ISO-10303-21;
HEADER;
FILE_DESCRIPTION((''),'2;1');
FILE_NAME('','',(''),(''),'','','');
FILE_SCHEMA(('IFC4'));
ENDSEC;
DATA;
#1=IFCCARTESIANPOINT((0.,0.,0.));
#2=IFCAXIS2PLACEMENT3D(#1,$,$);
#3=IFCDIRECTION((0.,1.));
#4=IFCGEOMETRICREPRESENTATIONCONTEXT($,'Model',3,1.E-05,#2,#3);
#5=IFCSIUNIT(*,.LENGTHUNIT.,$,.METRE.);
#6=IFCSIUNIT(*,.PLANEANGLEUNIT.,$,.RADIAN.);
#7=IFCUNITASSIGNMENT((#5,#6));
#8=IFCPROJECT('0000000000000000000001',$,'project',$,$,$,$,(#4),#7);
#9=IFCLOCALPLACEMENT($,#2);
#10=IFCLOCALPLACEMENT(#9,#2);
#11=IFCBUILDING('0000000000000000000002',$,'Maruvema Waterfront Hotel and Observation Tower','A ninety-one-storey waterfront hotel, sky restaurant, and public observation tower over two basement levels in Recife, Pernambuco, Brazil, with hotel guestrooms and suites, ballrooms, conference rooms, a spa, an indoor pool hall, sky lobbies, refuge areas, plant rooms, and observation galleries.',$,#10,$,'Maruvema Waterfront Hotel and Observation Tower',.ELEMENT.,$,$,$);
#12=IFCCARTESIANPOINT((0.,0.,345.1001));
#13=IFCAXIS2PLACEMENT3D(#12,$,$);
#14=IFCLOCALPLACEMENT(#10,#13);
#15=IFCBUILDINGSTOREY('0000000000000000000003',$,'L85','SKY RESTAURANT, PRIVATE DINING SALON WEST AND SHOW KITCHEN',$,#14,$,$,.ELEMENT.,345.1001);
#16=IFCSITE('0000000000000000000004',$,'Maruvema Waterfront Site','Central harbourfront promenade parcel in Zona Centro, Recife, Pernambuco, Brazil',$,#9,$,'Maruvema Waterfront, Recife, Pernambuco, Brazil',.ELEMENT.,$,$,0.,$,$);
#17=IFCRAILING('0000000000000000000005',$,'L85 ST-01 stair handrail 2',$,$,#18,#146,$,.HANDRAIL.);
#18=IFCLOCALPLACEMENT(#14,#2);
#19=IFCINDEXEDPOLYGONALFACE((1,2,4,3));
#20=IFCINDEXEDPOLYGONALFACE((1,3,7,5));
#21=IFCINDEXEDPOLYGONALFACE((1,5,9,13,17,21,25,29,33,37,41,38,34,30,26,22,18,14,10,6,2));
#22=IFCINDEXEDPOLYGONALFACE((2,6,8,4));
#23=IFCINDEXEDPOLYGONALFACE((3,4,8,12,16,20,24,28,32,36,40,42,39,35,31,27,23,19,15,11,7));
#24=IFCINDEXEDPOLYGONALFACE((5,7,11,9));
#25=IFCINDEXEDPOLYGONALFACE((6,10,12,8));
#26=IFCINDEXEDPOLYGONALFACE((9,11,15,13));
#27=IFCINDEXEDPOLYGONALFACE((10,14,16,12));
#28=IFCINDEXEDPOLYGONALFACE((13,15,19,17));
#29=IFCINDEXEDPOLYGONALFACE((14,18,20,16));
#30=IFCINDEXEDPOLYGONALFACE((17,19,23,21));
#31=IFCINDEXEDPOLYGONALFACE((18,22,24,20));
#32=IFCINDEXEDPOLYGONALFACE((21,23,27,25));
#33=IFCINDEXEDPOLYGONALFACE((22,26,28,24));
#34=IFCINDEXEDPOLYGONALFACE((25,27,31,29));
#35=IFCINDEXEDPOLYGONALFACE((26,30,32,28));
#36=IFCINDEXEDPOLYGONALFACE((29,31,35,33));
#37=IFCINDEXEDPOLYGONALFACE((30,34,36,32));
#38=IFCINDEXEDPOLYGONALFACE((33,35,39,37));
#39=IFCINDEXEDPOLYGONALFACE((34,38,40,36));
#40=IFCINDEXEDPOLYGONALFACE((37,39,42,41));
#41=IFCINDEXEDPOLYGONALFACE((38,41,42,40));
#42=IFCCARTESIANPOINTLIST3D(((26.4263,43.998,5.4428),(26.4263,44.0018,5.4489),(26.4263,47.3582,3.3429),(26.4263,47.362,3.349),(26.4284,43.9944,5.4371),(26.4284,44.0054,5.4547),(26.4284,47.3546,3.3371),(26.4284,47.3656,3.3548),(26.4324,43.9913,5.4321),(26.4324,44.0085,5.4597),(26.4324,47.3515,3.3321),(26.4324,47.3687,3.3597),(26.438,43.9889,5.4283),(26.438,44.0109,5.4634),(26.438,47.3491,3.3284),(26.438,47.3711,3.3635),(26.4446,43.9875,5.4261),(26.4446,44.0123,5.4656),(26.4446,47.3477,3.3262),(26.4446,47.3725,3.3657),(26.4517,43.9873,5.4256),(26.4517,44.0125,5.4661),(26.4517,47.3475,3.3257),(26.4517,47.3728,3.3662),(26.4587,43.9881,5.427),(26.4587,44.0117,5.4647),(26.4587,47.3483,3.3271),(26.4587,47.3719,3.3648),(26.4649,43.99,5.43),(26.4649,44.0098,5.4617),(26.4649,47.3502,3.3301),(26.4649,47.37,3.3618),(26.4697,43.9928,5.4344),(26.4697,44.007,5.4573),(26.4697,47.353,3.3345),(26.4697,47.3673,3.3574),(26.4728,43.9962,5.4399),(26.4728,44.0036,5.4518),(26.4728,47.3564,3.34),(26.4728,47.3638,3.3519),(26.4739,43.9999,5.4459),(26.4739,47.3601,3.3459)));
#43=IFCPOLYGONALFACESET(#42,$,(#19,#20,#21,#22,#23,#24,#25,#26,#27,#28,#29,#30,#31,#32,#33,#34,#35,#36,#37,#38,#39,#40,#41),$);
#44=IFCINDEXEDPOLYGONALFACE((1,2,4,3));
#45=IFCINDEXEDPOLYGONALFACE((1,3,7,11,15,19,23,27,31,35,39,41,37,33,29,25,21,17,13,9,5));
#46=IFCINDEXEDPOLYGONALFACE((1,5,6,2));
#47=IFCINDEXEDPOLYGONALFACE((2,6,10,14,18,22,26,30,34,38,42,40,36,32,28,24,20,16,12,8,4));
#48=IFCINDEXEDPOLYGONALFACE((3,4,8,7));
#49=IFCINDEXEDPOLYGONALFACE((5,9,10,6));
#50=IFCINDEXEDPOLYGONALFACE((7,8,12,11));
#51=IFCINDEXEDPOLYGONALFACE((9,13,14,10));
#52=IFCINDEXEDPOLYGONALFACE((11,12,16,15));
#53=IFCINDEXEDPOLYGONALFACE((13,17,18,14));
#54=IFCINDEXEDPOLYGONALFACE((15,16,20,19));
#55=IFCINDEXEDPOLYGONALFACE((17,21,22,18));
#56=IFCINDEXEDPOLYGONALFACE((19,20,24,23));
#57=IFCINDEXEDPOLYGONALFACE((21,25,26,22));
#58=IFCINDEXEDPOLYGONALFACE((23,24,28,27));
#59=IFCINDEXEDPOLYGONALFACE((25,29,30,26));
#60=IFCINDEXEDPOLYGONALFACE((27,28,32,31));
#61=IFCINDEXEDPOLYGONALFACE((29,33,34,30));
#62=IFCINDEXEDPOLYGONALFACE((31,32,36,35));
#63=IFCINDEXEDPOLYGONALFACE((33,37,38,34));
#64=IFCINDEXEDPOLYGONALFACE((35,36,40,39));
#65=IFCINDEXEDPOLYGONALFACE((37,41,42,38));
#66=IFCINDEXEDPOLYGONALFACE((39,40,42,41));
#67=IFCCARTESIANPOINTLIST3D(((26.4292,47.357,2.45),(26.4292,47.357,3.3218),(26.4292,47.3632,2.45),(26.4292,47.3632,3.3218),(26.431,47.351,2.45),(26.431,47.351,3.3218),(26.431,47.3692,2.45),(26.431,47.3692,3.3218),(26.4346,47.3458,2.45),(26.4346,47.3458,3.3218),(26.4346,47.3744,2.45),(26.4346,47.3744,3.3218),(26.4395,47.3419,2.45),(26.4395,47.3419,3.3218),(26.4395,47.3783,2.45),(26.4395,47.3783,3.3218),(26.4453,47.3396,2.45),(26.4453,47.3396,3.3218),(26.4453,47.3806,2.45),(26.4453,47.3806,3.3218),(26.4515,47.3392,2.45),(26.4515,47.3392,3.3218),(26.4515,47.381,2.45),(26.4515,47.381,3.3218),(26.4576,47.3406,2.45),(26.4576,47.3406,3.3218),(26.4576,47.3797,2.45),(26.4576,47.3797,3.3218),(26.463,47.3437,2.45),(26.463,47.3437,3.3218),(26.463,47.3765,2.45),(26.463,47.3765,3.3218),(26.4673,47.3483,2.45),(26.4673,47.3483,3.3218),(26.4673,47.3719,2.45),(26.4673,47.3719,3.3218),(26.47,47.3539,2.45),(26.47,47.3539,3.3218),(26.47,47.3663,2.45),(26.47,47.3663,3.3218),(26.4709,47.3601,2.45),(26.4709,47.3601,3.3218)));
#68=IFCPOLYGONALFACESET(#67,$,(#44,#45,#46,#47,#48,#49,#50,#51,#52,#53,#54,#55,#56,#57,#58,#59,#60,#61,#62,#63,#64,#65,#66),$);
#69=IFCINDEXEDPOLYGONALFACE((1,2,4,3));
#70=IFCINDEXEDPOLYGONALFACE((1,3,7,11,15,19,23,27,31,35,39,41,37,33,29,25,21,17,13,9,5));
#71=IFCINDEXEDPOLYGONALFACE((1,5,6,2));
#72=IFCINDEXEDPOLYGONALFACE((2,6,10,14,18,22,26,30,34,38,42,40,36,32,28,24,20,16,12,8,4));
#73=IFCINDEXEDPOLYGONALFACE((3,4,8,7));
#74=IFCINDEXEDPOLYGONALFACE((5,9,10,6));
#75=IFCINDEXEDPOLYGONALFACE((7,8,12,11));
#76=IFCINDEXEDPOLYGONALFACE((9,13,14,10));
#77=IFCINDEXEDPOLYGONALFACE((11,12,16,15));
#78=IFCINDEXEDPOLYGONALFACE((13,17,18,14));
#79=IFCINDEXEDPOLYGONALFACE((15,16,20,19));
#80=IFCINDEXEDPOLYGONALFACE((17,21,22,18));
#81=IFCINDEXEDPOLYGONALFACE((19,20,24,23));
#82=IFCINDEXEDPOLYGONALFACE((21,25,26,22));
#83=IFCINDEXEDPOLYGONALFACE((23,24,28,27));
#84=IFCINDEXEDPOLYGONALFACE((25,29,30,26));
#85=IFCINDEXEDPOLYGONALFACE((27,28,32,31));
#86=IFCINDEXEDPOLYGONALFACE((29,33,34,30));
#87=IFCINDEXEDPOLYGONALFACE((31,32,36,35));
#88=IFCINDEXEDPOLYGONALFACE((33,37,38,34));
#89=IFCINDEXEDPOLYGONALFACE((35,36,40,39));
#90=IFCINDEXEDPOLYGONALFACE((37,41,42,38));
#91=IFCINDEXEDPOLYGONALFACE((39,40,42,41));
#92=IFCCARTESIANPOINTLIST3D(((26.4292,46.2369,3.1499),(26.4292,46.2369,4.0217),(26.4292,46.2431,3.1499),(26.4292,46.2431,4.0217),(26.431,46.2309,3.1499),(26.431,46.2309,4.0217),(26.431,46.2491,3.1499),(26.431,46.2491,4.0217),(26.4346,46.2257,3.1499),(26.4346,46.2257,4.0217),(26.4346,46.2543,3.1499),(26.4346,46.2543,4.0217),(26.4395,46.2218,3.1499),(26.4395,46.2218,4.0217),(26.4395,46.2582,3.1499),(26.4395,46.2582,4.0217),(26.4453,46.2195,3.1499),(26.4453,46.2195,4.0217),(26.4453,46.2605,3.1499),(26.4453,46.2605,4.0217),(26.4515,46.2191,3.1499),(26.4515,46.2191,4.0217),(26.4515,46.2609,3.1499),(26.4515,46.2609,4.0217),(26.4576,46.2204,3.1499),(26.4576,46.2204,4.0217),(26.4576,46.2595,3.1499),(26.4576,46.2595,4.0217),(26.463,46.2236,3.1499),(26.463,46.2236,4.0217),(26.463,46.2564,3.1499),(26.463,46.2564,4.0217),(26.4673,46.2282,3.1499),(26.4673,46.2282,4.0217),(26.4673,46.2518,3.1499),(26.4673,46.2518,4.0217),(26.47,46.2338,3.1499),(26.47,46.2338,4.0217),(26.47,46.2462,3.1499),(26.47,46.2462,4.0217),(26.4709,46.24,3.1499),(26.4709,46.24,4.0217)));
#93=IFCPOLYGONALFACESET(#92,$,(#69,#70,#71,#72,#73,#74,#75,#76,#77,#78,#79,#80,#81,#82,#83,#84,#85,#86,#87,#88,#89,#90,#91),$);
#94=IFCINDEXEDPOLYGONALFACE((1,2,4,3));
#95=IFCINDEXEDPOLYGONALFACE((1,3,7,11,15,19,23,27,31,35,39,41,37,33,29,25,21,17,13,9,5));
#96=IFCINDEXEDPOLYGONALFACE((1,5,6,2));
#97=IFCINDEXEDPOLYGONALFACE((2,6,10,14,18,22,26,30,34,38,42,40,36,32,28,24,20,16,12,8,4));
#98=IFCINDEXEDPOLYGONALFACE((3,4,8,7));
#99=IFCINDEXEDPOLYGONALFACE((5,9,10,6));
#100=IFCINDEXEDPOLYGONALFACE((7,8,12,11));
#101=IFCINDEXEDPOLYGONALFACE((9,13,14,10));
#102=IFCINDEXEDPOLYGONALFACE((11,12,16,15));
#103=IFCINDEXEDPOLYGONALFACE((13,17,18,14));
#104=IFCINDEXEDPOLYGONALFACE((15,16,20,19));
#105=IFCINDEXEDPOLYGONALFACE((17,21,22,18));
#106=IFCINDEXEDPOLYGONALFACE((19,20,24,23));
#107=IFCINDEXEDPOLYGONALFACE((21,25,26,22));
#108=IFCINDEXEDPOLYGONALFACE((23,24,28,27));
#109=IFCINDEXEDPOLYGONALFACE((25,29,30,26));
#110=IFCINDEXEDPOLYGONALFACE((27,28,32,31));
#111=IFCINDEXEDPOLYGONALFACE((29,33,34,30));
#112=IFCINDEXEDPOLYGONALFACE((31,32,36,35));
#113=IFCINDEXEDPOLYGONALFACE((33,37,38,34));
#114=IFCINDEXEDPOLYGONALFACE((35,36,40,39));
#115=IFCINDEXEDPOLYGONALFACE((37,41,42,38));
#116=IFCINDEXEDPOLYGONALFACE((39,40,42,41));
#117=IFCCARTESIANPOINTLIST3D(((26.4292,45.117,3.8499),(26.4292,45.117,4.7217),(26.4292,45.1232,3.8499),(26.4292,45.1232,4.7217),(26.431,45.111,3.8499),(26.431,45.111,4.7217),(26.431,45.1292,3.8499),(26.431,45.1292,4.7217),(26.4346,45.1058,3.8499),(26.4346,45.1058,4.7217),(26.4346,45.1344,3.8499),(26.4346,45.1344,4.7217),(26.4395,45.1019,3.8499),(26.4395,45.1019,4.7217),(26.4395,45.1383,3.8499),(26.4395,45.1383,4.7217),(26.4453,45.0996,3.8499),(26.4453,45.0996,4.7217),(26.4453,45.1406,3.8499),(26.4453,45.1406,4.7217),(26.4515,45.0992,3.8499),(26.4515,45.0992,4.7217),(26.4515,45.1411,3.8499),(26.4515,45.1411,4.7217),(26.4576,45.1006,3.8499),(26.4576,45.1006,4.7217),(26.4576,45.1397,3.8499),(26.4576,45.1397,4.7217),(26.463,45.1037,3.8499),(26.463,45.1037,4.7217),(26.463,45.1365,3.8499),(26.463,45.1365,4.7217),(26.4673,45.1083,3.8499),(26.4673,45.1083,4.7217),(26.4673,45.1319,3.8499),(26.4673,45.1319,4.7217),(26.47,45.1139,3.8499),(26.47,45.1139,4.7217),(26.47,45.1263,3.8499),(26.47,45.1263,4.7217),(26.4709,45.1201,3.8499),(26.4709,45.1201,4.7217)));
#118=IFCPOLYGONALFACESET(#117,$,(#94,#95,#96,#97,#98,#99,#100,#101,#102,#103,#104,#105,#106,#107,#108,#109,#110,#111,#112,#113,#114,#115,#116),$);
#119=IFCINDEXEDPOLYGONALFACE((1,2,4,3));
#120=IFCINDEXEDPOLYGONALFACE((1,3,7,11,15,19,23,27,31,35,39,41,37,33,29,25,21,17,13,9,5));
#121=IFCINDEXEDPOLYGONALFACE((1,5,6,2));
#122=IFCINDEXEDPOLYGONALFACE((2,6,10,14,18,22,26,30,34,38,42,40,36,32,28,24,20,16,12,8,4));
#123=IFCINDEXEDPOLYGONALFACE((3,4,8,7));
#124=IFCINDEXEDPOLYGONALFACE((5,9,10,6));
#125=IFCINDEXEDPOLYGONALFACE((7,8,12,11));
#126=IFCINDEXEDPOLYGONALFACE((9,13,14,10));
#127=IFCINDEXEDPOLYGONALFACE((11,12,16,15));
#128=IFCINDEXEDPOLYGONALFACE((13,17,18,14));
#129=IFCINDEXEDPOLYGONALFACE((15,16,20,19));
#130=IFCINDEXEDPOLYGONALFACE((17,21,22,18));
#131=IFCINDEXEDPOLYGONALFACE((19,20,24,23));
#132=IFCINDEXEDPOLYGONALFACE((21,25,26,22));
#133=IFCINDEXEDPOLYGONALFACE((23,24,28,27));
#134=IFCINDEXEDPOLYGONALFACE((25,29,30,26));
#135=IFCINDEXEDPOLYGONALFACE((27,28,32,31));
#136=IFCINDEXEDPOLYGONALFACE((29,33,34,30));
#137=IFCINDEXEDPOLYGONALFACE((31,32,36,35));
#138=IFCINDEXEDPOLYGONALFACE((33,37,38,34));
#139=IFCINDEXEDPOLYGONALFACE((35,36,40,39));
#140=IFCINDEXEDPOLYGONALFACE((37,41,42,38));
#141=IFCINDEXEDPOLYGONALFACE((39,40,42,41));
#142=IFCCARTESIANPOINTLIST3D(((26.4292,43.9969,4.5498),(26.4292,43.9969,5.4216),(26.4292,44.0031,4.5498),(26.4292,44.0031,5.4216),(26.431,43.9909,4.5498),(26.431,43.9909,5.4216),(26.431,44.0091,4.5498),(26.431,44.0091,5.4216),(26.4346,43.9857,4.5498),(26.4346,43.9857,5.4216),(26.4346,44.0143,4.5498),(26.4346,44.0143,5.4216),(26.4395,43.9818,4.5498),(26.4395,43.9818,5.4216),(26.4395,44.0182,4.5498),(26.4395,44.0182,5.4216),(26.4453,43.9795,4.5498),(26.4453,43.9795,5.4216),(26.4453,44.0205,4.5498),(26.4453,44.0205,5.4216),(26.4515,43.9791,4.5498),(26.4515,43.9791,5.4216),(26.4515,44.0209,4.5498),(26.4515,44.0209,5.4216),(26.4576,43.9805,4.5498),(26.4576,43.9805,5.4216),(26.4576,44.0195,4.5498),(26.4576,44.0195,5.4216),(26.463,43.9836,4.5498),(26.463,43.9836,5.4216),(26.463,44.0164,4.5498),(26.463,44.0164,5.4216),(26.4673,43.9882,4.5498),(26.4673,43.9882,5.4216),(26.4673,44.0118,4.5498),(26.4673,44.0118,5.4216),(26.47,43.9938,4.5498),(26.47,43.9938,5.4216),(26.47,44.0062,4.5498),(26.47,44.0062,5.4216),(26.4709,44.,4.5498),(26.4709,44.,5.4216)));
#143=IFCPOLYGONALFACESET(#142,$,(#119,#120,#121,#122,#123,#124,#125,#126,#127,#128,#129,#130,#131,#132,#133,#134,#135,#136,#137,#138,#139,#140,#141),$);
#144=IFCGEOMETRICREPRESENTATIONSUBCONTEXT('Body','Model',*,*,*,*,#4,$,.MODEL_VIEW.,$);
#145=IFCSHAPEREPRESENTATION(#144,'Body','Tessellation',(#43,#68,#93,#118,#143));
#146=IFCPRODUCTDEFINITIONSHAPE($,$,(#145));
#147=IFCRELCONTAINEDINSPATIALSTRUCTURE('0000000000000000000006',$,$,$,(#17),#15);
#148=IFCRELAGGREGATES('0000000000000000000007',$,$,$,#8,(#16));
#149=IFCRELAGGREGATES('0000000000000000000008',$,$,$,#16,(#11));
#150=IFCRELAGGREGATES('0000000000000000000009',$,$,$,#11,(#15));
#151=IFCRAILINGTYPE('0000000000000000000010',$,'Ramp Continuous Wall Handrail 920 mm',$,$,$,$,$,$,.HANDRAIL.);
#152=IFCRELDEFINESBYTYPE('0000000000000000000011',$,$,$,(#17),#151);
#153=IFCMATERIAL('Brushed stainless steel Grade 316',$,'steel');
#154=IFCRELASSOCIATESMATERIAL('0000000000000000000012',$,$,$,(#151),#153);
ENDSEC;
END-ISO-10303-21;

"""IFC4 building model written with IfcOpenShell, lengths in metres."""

from ifc_helpers import new_model, si_unit, direction, frame, origin, origin_2d, place, context, subcontext, project, spatial, circle, extrude, material, type_object, element, save


model = new_model("IFC4")

# Units and contexts
model_context = context("Model", 3, precision=1e-05, world=origin(), true_north=direction((0.0, 1.0)))
body_context = subcontext(model_context, "Body", "Model", "MODEL_VIEW")
ifc_project = project(units=[si_unit("LENGTHUNIT", "METRE"), si_unit("PLANEANGLEUNIT", "RADIAN")], contexts=[model_context])

# Site, building, storey
site_placement = place(None, origin())
site = spatial("IfcSite", under=ifc_project, at=site_placement, Name="Maruvema Waterfront Site", Description="Central harbourfront promenade parcel in Zona Centro, Recife, Pernambuco, Brazil", LongName="Maruvema Waterfront, Recife, Pernambuco, Brazil", CompositionType="ELEMENT", RefElevation=0.0)
building_placement = place(site_placement, origin())
building = spatial("IfcBuilding", under=site, at=building_placement, Name="Maruvema Waterfront Hotel and Observation Tower", Description="A ninety-one-storey waterfront hotel, sky restaurant, and public observation tower over two basement levels in Recife, Pernambuco, Brazil, with hotel guestrooms and suites, ballrooms, conference rooms, a spa, an indoor pool hall, sky lobbies, refuge areas, plant rooms, and observation galleries.", LongName="Maruvema Waterfront Hotel and Observation Tower", CompositionType="ELEMENT")
storey_placement = place(building_placement, frame((0.0, 0.0, 345.1001)))
storey = spatial("IfcBuildingStorey", under=building, at=storey_placement, Name="L85", Description="SKY RESTAURANT, PRIVATE DINING SALON WEST AND SHOW KITCHEN", CompositionType="ELEMENT", Elevation=345.1001)

# Railing
ifc_material_1 = material(Name="Brushed stainless steel Grade 316", Category="steel")
railing_type_1 = type_object("IfcRailingType", Name="Ramp Continuous Wall Handrail 920 mm", PredefinedType="HANDRAIL", material=ifc_material_1)
railing_1_placement = place(storey_placement, frame((26.45, 47.3601, 2.45)))
element("IfcRailing", 1, at=railing_1_placement, inside=storey, type_object=railing_type_1, Name="L85 ST-01 stair handrail 2", PredefinedType="HANDRAIL", context=body_context, shape_type="SweptSolid", body=[
    extrude(circle(Radius=0.0239, at=origin_2d()), frame((0.0, 0.0, 0.896), z_axis=(0.0, -0.848023, 0.52996), x_axis=(1.0, 0.0, 0.0)), (0.0, 0.0, 1.0), 3.9624),
    extrude(circle(Radius=0.021, at=origin_2d()), origin(), (0.0, 0.0, 1.0), 0.8718),
    extrude(circle(Radius=0.021, at=origin_2d()), frame((0.0, -1.1201, 0.7)), (0.0, 0.0, 1.0), 0.8718),
    extrude(circle(Radius=0.021, at=origin_2d()), frame((0.0, -2.24, 1.3999)), (0.0, 0.0, 1.0), 0.8718),
    extrude(circle(Radius=0.021, at=origin_2d()), frame((0.0, -3.3601, 2.0999)), (0.0, 0.0, 1.0), 0.8718),
])

save(model, "model.ifc")
